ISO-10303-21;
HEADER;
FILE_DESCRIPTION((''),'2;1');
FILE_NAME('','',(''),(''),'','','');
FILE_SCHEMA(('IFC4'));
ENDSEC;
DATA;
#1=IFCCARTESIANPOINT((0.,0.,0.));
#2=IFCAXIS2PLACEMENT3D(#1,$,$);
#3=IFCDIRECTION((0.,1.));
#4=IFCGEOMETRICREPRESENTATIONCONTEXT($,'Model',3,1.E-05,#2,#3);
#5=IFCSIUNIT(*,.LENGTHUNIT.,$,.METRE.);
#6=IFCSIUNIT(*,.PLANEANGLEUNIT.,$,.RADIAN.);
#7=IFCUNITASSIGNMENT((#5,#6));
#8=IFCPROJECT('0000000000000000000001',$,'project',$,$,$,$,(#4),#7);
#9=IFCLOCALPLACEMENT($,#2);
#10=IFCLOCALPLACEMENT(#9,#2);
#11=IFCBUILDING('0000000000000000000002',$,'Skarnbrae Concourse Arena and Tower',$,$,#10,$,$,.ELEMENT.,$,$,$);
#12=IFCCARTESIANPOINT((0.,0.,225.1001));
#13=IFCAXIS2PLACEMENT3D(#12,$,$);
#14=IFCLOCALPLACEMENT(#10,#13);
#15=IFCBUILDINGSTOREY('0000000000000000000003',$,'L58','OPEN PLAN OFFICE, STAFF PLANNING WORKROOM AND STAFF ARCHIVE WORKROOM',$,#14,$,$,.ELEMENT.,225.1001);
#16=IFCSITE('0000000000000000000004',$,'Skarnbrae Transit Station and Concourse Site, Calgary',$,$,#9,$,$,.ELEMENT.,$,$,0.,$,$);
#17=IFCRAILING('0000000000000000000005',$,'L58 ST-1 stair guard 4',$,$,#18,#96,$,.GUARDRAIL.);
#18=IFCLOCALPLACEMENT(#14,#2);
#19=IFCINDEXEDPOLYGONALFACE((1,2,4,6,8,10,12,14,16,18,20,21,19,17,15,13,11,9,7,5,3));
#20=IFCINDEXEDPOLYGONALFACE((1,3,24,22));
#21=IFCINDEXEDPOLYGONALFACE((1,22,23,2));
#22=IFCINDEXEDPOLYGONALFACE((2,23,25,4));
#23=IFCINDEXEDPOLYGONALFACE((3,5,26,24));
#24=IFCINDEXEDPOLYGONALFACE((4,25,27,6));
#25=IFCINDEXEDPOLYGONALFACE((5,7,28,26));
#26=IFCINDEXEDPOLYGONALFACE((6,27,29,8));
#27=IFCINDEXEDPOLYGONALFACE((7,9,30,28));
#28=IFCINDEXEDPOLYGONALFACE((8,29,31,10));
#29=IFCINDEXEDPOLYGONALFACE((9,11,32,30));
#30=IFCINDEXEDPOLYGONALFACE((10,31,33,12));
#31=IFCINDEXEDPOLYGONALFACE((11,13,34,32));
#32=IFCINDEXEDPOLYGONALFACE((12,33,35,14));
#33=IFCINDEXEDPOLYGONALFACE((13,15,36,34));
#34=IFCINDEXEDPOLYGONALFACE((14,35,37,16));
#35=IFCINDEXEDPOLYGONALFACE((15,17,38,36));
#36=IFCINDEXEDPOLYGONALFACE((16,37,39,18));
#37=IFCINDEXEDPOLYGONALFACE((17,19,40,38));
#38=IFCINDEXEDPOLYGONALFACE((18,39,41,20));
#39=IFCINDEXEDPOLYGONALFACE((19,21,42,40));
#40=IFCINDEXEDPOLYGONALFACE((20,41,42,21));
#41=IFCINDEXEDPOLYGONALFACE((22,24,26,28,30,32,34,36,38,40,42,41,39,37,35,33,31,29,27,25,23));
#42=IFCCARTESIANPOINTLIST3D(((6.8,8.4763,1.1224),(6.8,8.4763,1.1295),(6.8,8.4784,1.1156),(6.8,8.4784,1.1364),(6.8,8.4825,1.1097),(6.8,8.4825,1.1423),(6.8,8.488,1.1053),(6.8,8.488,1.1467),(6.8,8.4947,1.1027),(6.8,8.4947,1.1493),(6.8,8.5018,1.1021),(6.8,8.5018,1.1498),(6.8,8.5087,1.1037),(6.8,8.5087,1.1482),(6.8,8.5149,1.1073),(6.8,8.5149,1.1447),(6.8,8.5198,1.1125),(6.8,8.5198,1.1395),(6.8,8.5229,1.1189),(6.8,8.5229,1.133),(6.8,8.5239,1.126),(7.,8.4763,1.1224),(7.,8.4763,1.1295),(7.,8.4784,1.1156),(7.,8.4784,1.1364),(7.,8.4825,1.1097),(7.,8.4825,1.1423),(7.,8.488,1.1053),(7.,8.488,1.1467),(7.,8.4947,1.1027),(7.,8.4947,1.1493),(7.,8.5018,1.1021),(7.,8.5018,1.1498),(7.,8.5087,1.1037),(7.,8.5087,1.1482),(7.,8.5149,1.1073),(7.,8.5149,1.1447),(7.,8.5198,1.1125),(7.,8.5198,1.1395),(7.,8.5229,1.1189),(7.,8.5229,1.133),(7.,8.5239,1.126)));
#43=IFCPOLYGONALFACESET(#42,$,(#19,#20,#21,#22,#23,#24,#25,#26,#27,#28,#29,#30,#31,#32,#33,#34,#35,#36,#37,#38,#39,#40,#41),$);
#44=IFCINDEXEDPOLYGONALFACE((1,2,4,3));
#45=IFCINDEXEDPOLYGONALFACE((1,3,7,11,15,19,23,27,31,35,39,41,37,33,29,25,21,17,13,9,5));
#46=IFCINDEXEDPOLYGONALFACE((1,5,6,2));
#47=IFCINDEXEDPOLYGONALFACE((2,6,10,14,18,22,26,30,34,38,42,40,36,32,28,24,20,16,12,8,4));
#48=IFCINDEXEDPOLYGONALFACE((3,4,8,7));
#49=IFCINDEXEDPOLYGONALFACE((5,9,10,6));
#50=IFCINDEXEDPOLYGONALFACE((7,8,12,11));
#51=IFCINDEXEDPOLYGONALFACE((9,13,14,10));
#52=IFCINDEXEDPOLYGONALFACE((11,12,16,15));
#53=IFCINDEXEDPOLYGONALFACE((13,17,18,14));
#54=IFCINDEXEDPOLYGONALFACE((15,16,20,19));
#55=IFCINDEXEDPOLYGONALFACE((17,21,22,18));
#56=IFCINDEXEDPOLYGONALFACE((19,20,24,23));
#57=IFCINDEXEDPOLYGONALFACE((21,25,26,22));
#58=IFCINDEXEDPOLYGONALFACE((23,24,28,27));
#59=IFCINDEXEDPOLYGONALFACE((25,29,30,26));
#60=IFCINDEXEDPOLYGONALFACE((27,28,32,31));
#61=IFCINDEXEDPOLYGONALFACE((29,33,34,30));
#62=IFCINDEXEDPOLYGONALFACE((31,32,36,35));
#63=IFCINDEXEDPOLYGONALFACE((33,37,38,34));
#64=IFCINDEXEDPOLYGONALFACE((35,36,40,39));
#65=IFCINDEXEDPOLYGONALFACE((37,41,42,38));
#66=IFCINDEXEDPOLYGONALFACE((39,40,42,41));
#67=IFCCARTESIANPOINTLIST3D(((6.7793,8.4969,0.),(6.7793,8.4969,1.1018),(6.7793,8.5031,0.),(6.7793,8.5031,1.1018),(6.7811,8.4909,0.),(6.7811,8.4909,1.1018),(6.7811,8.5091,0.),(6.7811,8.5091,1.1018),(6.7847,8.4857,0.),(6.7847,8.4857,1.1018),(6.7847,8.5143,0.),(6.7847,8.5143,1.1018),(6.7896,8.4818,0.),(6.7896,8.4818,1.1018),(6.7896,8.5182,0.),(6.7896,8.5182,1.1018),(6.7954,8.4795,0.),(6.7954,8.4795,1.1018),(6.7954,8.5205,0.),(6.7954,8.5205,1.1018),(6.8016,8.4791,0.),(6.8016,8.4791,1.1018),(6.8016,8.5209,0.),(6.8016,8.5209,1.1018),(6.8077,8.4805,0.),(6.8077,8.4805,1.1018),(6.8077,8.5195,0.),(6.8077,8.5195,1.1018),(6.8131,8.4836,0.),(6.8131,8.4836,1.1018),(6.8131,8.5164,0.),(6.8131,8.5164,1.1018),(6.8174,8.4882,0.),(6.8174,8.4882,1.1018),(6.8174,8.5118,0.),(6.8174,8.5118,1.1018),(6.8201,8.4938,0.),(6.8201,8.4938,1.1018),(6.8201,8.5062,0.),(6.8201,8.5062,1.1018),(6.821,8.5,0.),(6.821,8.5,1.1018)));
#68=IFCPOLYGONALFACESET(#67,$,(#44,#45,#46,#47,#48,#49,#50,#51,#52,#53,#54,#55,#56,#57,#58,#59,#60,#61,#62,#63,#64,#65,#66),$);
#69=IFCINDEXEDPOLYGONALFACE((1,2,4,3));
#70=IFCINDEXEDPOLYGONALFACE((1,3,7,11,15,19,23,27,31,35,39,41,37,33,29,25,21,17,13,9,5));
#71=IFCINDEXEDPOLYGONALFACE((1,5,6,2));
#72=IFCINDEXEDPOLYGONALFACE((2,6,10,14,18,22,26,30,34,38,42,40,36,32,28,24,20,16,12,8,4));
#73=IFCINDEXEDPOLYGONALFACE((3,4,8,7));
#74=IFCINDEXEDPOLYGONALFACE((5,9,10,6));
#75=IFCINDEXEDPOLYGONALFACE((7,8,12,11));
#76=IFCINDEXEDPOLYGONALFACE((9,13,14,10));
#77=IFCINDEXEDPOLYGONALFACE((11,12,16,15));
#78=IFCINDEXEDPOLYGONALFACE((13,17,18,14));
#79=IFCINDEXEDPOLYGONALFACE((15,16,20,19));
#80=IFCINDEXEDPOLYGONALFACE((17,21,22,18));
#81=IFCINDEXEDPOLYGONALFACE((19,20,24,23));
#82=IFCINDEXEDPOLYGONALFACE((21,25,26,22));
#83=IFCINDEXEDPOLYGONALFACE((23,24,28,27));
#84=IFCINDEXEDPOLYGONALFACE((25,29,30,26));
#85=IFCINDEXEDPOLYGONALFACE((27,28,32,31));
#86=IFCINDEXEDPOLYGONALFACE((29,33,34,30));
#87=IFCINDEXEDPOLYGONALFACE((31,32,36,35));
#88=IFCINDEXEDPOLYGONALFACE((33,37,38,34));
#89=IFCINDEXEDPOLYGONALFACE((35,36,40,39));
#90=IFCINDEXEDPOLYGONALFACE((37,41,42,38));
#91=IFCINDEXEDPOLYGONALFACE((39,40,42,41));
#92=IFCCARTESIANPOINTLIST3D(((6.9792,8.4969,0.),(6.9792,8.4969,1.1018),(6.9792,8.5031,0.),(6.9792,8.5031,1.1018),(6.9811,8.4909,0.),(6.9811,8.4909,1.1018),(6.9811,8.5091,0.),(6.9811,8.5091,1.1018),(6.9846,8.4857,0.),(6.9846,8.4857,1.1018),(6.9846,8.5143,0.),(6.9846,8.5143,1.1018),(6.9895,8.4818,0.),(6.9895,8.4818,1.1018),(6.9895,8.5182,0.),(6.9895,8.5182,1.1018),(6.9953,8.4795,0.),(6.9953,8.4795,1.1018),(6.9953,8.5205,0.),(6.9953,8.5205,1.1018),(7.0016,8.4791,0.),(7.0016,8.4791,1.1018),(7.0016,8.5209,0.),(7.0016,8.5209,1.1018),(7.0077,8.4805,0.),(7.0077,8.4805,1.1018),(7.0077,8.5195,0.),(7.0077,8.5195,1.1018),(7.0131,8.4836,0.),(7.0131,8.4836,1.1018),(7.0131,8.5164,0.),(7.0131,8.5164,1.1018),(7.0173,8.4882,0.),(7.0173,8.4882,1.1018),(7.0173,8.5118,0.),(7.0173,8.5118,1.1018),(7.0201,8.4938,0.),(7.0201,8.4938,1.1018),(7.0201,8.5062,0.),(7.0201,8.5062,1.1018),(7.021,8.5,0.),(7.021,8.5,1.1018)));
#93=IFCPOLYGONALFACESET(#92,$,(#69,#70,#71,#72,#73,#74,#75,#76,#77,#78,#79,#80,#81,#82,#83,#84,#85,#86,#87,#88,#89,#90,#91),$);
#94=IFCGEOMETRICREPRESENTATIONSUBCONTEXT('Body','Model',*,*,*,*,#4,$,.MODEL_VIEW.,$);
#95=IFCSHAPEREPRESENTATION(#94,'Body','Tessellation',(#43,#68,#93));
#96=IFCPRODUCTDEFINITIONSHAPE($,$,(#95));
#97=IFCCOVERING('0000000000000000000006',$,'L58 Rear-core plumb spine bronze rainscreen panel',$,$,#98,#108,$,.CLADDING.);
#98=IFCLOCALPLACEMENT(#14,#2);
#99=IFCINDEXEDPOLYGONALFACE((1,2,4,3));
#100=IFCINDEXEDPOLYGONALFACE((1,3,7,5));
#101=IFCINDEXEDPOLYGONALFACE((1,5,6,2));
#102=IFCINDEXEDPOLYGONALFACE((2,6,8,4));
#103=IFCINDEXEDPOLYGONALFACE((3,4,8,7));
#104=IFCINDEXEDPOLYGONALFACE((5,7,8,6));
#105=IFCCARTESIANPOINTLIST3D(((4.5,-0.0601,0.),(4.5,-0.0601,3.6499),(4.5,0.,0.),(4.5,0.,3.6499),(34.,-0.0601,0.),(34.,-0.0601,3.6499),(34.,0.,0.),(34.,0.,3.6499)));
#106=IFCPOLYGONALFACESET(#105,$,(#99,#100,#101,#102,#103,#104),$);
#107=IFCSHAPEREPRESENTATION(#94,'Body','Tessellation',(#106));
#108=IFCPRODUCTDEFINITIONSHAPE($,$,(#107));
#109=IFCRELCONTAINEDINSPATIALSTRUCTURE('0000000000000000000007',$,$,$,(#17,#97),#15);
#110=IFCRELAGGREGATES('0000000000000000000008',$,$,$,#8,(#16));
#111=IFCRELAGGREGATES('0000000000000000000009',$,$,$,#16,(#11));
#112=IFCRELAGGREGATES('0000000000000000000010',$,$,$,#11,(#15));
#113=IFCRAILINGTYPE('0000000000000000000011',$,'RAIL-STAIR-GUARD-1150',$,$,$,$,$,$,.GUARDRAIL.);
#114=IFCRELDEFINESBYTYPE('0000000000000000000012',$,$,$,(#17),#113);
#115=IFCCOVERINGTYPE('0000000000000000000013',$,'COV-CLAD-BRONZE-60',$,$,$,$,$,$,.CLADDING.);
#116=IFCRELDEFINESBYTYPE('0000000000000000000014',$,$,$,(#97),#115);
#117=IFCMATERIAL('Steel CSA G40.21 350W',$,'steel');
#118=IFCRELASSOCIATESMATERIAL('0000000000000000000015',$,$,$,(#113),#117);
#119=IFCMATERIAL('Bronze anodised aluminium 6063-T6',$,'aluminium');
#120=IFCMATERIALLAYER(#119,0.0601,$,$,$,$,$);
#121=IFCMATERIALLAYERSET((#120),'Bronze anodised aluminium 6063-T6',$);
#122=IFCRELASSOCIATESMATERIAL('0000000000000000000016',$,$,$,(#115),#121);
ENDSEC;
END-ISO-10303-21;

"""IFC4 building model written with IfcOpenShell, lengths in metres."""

from ifc_helpers import new_model, si_unit, direction, frame, origin, origin_2d, place, context, subcontext, project, spatial, rectangle, circle, extrude, source, transform, mapped, material, layer, layer_set, type_object, element, save


model = new_model("IFC4")

# Units and contexts
model_context = context("Model", 3, precision=1e-05, world=origin(), true_north=direction((0.0, 1.0)))
body_context = subcontext(model_context, "Body", "Model", "MODEL_VIEW")
ifc_project = project(units=[si_unit("LENGTHUNIT", "METRE"), si_unit("PLANEANGLEUNIT", "RADIAN")], contexts=[model_context])

# Site, building, storey
site_placement = place(None, origin())
site = spatial("IfcSite", under=ifc_project, at=site_placement, Name="Skarnbrae Transit Station and Concourse Site, Calgary", CompositionType="ELEMENT", RefElevation=0.0)
building_placement = place(site_placement, origin())
building = spatial("IfcBuilding", under=site, at=building_placement, Name="Skarnbrae Concourse Arena and Tower", CompositionType="ELEMENT")
storey_placement = place(building_placement, frame((0.0, 0.0, 225.1001)))
storey = spatial("IfcBuildingStorey", under=building, at=storey_placement, Name="L58", Description="OPEN PLAN OFFICE, STAFF PLANNING WORKROOM AND STAFF ARCHIVE WORKROOM", CompositionType="ELEMENT", Elevation=225.1001)

# Shared definitions
ifc_material_1 = material(Name="Steel CSA G40.21 350W", Category="steel")

# Railing
railing_type_1 = type_object("IfcRailingType", Name="RAIL-STAIR-GUARD-1150", PredefinedType="GUARDRAIL", material=ifc_material_1)
railing_1_placement = place(storey_placement, frame((6.8, 8.5, 0.0)))
element("IfcRailing", 1, at=railing_1_placement, inside=storey, type_object=railing_type_1, Name="L58 ST-1 stair guard 4", PredefinedType="GUARDRAIL", context=body_context, shape_type="SweptSolid", body=[
    extrude(circle(Radius=0.0239, at=origin_2d()), frame((0.0, 0.0, 1.126), z_axis=(1.0, 0.0, 0.0), x_axis=(0.0, 1.0, 0.0)), (0.0, 0.0, 1.0), 0.2),
    extrude(circle(Radius=0.021, at=origin_2d()), origin(), (0.0, 0.0, 1.0), 1.1018),
    extrude(circle(Radius=0.021, at=origin_2d()), frame((0.2, 0.0, 0.0)), (0.0, 0.0, 1.0), 1.1018),
])

# Covering
ifc_material_2 = material(Name="Bronze anodised aluminium 6063-T6", Category="aluminium")
ifc_layer_1 = layer(ifc_material_2, 0.0601)
ifc_layer_set_1 = layer_set([ifc_layer_1], Name="Bronze anodised aluminium 6063-T6")
covering_type = type_object("IfcCoveringType", Name="COV-CLAD-BRONZE-60", PredefinedType="CLADDING", material=ifc_layer_set_1)
shared_shape_1 = source(origin(), body_context, "Body", "SweptSolid", [
    extrude(rectangle(XDim=29.5, YDim=0.0601, at=origin_2d()), origin(), (0.0, 0.0, 1.0), 3.6499),
])
covering_placement = place(storey_placement, frame((19.25, -0.03, 0.0), z_axis=(0.0, 0.0, 1.0), x_axis=(1.0, 0.0, 0.0)))
element("IfcCovering", 2, at=covering_placement, inside=storey, type_object=covering_type, Name="L58 Rear-core plumb spine bronze rainscreen panel", PredefinedType="CLADDING", context=body_context, shape_type="MappedRepresentation", body=[
    mapped(shared_shape_1, transform((0.0, 0.0, 0.0))),
])

save(model, "model.ifc")
